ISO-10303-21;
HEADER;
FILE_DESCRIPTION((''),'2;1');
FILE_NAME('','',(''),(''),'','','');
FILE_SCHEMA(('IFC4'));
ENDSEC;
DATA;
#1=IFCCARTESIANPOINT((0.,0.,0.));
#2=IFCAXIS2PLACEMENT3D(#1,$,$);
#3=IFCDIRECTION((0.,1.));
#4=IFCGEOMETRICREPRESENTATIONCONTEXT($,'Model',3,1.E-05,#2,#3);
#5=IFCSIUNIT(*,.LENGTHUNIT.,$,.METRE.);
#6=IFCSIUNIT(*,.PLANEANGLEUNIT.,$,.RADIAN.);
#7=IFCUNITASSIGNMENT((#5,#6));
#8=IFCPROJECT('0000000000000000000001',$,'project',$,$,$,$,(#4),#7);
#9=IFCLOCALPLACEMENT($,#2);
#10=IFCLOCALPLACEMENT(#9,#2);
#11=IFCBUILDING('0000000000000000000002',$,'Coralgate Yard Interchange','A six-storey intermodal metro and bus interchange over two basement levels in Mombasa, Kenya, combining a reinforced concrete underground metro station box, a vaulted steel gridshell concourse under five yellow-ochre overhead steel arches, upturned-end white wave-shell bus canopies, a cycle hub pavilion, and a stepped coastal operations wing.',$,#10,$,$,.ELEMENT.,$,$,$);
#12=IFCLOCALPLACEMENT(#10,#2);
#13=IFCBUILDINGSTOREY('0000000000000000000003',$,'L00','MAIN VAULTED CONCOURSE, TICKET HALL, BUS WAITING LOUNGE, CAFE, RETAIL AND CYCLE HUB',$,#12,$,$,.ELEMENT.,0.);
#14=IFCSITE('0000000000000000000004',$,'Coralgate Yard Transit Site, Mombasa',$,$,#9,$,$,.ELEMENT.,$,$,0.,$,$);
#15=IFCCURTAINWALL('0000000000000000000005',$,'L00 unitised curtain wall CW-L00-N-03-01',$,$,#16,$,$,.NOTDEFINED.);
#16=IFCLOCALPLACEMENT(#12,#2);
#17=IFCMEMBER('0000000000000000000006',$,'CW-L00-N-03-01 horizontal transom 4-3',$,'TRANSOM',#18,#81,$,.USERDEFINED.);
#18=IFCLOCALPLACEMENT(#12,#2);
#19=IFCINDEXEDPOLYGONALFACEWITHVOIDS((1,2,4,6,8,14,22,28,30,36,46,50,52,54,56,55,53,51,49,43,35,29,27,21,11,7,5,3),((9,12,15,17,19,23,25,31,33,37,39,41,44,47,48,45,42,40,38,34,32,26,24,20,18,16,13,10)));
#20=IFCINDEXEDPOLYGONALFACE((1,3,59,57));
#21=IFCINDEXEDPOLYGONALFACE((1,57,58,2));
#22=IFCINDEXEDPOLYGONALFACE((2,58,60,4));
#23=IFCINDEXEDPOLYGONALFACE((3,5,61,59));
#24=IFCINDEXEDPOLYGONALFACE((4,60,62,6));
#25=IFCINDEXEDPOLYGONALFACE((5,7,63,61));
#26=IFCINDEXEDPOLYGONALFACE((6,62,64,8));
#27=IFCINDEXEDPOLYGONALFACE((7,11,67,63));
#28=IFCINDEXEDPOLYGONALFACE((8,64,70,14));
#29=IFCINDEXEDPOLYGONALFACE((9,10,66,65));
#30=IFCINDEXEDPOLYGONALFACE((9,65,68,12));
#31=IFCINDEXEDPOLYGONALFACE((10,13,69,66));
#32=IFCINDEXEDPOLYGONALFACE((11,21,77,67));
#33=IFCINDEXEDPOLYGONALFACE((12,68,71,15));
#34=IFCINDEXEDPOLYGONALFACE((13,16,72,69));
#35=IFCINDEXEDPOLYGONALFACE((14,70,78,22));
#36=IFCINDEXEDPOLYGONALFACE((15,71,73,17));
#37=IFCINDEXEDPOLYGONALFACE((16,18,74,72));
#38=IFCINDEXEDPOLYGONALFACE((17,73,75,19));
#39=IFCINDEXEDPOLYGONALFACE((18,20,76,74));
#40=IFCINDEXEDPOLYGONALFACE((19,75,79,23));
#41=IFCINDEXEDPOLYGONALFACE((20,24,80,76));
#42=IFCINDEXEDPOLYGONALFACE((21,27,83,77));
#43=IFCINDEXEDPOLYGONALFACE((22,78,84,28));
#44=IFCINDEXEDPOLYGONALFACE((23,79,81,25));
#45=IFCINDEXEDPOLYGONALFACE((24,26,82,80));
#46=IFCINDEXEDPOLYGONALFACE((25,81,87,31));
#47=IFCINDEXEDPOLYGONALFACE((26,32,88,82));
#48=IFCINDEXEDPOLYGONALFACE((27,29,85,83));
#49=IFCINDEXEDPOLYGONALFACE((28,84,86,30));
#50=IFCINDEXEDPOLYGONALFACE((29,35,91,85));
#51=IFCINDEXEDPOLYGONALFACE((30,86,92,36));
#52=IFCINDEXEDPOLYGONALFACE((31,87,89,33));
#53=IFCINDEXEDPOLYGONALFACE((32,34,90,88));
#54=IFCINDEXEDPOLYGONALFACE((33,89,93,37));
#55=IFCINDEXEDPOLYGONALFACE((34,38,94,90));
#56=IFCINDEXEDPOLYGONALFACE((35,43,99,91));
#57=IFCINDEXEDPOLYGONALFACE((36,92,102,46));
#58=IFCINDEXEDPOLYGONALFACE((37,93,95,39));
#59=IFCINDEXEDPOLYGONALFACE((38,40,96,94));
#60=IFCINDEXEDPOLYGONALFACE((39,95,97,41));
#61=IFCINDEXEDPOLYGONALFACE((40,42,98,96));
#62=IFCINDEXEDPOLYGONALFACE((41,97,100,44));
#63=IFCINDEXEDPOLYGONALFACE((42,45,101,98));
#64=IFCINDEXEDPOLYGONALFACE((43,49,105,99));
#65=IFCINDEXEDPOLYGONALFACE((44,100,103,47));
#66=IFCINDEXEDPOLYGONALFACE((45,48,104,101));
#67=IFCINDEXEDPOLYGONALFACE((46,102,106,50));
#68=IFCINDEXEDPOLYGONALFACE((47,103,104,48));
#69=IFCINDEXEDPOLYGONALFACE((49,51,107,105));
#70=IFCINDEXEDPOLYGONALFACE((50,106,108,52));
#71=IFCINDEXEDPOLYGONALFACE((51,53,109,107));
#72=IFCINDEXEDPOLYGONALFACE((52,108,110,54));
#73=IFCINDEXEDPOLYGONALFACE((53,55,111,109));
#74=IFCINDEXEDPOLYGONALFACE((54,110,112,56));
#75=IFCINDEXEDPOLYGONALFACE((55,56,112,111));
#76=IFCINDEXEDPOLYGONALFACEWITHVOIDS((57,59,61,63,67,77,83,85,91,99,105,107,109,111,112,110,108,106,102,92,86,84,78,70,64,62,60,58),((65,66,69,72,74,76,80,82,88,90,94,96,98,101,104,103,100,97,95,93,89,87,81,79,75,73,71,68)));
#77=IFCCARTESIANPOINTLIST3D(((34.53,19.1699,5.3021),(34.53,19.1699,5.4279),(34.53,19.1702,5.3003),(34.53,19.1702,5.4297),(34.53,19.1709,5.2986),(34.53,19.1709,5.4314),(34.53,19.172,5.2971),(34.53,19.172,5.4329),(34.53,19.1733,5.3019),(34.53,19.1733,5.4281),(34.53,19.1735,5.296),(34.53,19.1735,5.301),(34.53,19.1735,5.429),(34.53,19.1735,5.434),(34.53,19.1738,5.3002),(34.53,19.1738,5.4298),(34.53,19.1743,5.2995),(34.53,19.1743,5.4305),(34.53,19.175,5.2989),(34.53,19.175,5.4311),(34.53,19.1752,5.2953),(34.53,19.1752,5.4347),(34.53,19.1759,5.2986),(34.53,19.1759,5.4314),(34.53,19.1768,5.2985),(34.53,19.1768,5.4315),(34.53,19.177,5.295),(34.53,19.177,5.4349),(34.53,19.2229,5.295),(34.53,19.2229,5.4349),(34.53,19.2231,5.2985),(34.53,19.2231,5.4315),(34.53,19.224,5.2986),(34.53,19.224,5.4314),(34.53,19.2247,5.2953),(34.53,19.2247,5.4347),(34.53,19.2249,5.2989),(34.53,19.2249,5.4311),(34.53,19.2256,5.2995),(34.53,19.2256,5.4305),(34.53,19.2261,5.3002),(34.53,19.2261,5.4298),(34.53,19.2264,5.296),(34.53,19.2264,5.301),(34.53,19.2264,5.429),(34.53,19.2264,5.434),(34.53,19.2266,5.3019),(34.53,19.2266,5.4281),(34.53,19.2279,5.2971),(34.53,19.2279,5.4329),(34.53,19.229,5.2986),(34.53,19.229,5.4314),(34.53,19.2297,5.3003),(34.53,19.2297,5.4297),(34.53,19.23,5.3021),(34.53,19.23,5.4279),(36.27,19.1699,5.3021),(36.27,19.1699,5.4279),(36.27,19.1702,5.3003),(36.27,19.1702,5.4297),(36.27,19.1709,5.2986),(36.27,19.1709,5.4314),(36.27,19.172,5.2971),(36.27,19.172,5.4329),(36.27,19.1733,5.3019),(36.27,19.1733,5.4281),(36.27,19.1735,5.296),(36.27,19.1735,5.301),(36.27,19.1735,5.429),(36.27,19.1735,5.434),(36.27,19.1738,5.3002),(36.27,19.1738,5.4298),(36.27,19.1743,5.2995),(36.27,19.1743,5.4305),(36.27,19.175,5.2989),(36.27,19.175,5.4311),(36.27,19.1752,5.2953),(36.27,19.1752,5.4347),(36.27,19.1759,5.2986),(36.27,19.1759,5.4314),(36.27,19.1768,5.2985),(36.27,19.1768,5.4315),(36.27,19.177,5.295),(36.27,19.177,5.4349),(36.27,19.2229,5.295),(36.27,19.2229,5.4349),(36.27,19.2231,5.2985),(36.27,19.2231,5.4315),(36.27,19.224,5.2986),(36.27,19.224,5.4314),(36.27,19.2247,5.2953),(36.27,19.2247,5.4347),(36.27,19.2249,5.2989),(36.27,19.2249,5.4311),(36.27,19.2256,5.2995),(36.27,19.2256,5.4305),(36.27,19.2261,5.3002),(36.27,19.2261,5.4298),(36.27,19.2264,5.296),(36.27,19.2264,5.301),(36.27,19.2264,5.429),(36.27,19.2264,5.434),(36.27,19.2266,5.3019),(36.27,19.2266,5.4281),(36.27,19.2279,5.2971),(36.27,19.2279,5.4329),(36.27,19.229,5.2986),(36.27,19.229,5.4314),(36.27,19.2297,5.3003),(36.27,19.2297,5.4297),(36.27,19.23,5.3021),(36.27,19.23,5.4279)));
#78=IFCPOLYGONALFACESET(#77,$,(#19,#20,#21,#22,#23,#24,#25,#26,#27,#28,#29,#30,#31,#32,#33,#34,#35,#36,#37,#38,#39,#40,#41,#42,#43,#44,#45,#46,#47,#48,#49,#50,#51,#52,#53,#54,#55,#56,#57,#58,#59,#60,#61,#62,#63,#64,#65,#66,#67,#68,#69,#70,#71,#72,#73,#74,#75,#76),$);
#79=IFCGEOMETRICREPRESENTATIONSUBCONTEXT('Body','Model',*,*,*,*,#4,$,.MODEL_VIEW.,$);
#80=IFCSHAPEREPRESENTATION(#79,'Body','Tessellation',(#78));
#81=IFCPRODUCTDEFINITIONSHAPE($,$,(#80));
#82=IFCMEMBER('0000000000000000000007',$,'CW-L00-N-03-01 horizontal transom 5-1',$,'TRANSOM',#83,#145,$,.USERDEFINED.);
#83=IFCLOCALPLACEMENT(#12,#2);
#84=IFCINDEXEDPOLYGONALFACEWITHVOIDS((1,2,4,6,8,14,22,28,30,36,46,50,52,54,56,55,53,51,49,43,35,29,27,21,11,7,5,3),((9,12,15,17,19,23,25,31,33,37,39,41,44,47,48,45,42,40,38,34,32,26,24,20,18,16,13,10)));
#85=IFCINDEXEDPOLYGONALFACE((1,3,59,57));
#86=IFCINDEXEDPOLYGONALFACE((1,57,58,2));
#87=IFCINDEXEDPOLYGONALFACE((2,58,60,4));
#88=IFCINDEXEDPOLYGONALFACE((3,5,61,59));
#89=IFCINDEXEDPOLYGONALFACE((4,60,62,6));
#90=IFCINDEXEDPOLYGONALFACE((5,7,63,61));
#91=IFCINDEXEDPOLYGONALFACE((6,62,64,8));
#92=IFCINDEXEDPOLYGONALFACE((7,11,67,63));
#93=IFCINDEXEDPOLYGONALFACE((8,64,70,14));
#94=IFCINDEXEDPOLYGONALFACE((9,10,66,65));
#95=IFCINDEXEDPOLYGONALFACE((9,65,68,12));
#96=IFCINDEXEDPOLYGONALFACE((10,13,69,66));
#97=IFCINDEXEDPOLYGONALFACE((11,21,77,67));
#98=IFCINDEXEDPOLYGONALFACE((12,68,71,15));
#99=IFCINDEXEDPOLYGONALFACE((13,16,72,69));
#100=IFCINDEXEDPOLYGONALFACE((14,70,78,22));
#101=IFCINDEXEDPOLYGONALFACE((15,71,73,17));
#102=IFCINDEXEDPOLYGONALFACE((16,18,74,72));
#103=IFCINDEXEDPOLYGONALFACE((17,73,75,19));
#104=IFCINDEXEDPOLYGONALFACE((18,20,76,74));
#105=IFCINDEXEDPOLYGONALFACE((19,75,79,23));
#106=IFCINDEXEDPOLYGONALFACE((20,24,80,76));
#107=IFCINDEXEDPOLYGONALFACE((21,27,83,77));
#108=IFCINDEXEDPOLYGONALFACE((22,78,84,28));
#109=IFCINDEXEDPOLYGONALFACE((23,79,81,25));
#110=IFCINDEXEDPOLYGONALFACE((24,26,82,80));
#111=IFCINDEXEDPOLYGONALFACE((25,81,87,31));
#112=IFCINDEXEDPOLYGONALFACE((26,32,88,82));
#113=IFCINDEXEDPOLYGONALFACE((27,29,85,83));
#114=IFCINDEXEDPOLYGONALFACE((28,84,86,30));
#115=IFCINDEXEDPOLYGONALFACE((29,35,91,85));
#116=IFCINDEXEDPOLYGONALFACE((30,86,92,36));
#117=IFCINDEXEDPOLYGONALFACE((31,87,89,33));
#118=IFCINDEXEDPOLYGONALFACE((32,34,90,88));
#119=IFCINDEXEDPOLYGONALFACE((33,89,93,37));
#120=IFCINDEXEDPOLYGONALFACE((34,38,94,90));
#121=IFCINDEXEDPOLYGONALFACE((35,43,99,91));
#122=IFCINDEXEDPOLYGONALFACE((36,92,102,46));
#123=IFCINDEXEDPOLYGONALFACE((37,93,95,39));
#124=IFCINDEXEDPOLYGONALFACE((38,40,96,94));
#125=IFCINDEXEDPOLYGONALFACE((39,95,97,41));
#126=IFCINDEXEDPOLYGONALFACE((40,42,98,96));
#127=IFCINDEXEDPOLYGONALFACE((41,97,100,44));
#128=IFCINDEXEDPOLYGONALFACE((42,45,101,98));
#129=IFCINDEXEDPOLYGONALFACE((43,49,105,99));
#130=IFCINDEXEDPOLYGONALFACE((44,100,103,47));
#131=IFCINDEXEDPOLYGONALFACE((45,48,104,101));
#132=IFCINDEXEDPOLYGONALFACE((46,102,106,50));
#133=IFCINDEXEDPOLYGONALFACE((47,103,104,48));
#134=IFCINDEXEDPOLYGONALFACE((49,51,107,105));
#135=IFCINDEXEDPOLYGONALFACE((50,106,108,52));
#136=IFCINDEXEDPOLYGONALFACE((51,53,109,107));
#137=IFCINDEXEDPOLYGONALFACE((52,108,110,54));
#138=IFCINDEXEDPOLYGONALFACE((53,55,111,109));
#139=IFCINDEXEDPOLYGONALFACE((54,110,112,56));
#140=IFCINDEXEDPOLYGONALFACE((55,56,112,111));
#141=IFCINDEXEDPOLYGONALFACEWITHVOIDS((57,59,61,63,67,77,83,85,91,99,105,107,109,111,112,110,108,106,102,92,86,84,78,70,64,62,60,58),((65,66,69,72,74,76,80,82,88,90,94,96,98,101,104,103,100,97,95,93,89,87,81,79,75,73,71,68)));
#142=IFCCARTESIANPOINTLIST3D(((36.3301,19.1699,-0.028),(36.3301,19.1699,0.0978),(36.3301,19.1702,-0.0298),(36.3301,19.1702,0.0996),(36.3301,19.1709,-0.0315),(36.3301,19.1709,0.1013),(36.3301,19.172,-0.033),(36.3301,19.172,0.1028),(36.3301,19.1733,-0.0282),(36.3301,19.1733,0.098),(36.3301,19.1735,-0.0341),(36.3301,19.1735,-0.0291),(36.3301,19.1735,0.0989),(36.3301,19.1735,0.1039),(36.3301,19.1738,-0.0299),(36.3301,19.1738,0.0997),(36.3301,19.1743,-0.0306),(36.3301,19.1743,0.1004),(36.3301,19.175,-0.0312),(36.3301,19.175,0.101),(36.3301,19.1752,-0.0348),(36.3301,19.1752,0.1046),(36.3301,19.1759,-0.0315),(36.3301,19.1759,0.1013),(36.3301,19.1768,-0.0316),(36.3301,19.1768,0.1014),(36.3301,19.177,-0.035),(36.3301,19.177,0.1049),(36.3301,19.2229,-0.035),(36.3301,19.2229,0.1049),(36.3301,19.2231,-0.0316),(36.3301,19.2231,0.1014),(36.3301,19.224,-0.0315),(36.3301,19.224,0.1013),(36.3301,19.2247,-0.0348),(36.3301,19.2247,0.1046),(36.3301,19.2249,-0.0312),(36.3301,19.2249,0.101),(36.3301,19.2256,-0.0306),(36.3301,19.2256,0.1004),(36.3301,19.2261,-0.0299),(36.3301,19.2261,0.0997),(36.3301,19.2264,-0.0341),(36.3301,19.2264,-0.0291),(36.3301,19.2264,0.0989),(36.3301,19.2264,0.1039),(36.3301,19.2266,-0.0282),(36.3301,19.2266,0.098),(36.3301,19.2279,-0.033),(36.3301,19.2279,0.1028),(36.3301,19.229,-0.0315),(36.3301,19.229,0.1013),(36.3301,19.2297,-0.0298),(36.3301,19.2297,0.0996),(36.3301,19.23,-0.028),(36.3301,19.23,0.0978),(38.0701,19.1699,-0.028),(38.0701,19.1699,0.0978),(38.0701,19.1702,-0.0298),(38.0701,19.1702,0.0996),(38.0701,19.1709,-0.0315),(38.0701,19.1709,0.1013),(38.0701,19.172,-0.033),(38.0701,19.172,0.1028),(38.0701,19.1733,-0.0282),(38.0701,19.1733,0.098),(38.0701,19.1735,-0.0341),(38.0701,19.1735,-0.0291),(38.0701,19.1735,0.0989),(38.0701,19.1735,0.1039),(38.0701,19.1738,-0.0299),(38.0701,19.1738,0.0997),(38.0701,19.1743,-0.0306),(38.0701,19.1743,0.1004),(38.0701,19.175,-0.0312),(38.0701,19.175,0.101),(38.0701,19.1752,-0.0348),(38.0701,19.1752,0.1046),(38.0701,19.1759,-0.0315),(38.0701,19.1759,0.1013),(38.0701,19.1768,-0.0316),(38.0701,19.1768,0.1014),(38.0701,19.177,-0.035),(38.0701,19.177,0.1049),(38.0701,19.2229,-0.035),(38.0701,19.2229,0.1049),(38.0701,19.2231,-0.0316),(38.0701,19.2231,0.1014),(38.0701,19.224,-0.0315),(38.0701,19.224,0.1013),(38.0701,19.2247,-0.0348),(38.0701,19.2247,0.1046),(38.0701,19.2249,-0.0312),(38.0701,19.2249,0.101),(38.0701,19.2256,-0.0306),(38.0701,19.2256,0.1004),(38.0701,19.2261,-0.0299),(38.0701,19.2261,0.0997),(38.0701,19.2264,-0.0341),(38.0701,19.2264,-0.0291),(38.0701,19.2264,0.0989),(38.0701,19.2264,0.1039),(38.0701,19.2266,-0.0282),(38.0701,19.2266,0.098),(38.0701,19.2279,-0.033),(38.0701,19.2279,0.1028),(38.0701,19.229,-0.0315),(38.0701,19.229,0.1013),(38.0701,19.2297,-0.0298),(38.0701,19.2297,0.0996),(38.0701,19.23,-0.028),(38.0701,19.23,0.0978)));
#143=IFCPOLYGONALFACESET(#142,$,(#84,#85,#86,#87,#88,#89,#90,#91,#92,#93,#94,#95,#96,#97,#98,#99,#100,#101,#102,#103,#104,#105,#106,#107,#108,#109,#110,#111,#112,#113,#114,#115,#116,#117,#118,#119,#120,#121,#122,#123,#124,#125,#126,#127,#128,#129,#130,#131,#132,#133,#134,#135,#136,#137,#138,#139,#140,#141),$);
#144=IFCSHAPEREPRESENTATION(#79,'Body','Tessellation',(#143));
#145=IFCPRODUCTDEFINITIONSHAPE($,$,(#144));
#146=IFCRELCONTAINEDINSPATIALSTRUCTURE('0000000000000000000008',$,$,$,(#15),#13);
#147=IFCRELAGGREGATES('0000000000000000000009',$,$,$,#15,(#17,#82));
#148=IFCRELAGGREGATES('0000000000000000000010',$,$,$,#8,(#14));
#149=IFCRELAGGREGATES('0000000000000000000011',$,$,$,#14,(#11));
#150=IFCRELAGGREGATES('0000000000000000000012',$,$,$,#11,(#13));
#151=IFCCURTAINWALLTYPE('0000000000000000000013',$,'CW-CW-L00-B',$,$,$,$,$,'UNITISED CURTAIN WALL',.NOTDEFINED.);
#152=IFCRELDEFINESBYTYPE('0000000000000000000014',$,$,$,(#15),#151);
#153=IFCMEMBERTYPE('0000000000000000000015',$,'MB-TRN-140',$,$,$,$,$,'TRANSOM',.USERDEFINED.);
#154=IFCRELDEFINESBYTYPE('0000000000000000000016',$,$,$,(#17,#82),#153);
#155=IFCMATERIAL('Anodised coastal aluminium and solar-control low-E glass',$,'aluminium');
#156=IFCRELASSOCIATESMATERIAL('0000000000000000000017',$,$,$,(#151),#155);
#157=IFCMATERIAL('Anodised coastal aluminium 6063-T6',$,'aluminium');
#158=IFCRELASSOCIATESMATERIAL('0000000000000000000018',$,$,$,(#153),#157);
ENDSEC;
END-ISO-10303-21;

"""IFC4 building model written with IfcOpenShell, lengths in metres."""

from ifc_helpers import new_model, si_unit, direction, frame, origin, origin_2d, place, context, subcontext, project, spatial, hollow_rectangle, extrude, material, material_profile, profile_set, type_object, element, aggregate, save


model = new_model("IFC4")

# Units and contexts
model_context = context("Model", 3, precision=1e-05, world=origin(), true_north=direction((0.0, 1.0)))
body_context = subcontext(model_context, "Body", "Model", "MODEL_VIEW")
ifc_project = project(units=[si_unit("LENGTHUNIT", "METRE"), si_unit("PLANEANGLEUNIT", "RADIAN")], contexts=[model_context])

# Site, building, storey
site_placement = place(None, origin())
site = spatial("IfcSite", under=ifc_project, at=site_placement, Name="Coralgate Yard Transit Site, Mombasa", CompositionType="ELEMENT", RefElevation=0.0)
building_placement = place(site_placement, origin())
building = spatial("IfcBuilding", under=site, at=building_placement, Name="Coralgate Yard Interchange", Description="A six-storey intermodal metro and bus interchange over two basement levels in Mombasa, Kenya, combining a reinforced concrete underground metro station box, a vaulted steel gridshell concourse under five yellow-ochre overhead steel arches, upturned-end white wave-shell bus canopies, a cycle hub pavilion, and a stepped coastal operations wing.", CompositionType="ELEMENT")
storey_placement = place(building_placement, origin())
storey = spatial("IfcBuildingStorey", under=building, at=storey_placement, Name="L00", Description="MAIN VAULTED CONCOURSE, TICKET HALL, BUS WAITING LOUNGE, CAFE, RETAIL AND CYCLE HUB", CompositionType="ELEMENT", Elevation=0.0)

# Shared definitions
ifc_material_1 = material(Name="Anodised coastal aluminium and solar-control low-E glass", Category="aluminium")
curtain_wall_type_1 = type_object("IfcCurtainWallType", Name="CW-CW-L00-B", ElementType="UNITISED CURTAIN WALL", PredefinedType="NOTDEFINED", material=ifc_material_1)
ifc_material_2 = material(Name="Anodised coastal aluminium 6063-T6", Category="aluminium")

# Curtain wall
curtain_wall_1_placement = place(storey_placement, origin())
curtain_wall_1 = element("IfcCurtainWall", 1, at=curtain_wall_1_placement, inside=storey, type_object=curtain_wall_type_1, Name="L00 unitised curtain wall CW-L00-N-03-01", PredefinedType="NOTDEFINED")

# Members
ifc_material_profile_1 = material_profile(ifc_material_2, hollow_rectangle(XDim=0.0601, YDim=0.1399, WallThickness=0.0034, InnerFilletRadius=0.0034, OuterFilletRadius=0.0071, at=origin_2d()), Name="ALU 60x140x3.5")
ifc_profile_set_1 = profile_set([ifc_material_profile_1], Name="Anodised coastal aluminium 6063-T6")
member_type_1 = type_object("IfcMemberType", Name="MB-TRN-140", ElementType="TRANSOM", PredefinedType="USERDEFINED", material=ifc_profile_set_1)
member_1_placement = place(storey_placement, frame((34.53, 19.2, 5.365), z_axis=(1.0, 0.0, 0.0), x_axis=(0.0, 1.0, 0.0)))
member_1 = element("IfcMember", 2, at=member_1_placement, type_object=member_type_1, Name="CW-L00-N-03-01 horizontal transom 4-3", ObjectType="TRANSOM", PredefinedType="USERDEFINED", context=body_context, shape_type="SweptSolid", body=[
    extrude(hollow_rectangle(XDim=0.0601, YDim=0.1399, WallThickness=0.0034, InnerFilletRadius=0.0034, OuterFilletRadius=0.0071, at=origin_2d()), origin(), (0.0, 0.0, 1.0), 1.74),
])
member_2_placement = place(storey_placement, frame((36.3301, 19.2, 0.0349), z_axis=(1.0, 0.0, 0.0), x_axis=(0.0, 1.0, 0.0)))
member_2 = element("IfcMember", 3, at=member_2_placement, type_object=member_type_1, Name="CW-L00-N-03-01 horizontal transom 5-1", ObjectType="TRANSOM", PredefinedType="USERDEFINED", context=body_context, shape_type="SweptSolid", body=[
    extrude(hollow_rectangle(XDim=0.0601, YDim=0.1399, WallThickness=0.0034, InnerFilletRadius=0.0034, OuterFilletRadius=0.0071, at=origin_2d()), origin(), (0.0, 0.0, 1.0), 1.74),
])

aggregate(curtain_wall_1, [member_1, member_2])

save(model, "model.ifc")
